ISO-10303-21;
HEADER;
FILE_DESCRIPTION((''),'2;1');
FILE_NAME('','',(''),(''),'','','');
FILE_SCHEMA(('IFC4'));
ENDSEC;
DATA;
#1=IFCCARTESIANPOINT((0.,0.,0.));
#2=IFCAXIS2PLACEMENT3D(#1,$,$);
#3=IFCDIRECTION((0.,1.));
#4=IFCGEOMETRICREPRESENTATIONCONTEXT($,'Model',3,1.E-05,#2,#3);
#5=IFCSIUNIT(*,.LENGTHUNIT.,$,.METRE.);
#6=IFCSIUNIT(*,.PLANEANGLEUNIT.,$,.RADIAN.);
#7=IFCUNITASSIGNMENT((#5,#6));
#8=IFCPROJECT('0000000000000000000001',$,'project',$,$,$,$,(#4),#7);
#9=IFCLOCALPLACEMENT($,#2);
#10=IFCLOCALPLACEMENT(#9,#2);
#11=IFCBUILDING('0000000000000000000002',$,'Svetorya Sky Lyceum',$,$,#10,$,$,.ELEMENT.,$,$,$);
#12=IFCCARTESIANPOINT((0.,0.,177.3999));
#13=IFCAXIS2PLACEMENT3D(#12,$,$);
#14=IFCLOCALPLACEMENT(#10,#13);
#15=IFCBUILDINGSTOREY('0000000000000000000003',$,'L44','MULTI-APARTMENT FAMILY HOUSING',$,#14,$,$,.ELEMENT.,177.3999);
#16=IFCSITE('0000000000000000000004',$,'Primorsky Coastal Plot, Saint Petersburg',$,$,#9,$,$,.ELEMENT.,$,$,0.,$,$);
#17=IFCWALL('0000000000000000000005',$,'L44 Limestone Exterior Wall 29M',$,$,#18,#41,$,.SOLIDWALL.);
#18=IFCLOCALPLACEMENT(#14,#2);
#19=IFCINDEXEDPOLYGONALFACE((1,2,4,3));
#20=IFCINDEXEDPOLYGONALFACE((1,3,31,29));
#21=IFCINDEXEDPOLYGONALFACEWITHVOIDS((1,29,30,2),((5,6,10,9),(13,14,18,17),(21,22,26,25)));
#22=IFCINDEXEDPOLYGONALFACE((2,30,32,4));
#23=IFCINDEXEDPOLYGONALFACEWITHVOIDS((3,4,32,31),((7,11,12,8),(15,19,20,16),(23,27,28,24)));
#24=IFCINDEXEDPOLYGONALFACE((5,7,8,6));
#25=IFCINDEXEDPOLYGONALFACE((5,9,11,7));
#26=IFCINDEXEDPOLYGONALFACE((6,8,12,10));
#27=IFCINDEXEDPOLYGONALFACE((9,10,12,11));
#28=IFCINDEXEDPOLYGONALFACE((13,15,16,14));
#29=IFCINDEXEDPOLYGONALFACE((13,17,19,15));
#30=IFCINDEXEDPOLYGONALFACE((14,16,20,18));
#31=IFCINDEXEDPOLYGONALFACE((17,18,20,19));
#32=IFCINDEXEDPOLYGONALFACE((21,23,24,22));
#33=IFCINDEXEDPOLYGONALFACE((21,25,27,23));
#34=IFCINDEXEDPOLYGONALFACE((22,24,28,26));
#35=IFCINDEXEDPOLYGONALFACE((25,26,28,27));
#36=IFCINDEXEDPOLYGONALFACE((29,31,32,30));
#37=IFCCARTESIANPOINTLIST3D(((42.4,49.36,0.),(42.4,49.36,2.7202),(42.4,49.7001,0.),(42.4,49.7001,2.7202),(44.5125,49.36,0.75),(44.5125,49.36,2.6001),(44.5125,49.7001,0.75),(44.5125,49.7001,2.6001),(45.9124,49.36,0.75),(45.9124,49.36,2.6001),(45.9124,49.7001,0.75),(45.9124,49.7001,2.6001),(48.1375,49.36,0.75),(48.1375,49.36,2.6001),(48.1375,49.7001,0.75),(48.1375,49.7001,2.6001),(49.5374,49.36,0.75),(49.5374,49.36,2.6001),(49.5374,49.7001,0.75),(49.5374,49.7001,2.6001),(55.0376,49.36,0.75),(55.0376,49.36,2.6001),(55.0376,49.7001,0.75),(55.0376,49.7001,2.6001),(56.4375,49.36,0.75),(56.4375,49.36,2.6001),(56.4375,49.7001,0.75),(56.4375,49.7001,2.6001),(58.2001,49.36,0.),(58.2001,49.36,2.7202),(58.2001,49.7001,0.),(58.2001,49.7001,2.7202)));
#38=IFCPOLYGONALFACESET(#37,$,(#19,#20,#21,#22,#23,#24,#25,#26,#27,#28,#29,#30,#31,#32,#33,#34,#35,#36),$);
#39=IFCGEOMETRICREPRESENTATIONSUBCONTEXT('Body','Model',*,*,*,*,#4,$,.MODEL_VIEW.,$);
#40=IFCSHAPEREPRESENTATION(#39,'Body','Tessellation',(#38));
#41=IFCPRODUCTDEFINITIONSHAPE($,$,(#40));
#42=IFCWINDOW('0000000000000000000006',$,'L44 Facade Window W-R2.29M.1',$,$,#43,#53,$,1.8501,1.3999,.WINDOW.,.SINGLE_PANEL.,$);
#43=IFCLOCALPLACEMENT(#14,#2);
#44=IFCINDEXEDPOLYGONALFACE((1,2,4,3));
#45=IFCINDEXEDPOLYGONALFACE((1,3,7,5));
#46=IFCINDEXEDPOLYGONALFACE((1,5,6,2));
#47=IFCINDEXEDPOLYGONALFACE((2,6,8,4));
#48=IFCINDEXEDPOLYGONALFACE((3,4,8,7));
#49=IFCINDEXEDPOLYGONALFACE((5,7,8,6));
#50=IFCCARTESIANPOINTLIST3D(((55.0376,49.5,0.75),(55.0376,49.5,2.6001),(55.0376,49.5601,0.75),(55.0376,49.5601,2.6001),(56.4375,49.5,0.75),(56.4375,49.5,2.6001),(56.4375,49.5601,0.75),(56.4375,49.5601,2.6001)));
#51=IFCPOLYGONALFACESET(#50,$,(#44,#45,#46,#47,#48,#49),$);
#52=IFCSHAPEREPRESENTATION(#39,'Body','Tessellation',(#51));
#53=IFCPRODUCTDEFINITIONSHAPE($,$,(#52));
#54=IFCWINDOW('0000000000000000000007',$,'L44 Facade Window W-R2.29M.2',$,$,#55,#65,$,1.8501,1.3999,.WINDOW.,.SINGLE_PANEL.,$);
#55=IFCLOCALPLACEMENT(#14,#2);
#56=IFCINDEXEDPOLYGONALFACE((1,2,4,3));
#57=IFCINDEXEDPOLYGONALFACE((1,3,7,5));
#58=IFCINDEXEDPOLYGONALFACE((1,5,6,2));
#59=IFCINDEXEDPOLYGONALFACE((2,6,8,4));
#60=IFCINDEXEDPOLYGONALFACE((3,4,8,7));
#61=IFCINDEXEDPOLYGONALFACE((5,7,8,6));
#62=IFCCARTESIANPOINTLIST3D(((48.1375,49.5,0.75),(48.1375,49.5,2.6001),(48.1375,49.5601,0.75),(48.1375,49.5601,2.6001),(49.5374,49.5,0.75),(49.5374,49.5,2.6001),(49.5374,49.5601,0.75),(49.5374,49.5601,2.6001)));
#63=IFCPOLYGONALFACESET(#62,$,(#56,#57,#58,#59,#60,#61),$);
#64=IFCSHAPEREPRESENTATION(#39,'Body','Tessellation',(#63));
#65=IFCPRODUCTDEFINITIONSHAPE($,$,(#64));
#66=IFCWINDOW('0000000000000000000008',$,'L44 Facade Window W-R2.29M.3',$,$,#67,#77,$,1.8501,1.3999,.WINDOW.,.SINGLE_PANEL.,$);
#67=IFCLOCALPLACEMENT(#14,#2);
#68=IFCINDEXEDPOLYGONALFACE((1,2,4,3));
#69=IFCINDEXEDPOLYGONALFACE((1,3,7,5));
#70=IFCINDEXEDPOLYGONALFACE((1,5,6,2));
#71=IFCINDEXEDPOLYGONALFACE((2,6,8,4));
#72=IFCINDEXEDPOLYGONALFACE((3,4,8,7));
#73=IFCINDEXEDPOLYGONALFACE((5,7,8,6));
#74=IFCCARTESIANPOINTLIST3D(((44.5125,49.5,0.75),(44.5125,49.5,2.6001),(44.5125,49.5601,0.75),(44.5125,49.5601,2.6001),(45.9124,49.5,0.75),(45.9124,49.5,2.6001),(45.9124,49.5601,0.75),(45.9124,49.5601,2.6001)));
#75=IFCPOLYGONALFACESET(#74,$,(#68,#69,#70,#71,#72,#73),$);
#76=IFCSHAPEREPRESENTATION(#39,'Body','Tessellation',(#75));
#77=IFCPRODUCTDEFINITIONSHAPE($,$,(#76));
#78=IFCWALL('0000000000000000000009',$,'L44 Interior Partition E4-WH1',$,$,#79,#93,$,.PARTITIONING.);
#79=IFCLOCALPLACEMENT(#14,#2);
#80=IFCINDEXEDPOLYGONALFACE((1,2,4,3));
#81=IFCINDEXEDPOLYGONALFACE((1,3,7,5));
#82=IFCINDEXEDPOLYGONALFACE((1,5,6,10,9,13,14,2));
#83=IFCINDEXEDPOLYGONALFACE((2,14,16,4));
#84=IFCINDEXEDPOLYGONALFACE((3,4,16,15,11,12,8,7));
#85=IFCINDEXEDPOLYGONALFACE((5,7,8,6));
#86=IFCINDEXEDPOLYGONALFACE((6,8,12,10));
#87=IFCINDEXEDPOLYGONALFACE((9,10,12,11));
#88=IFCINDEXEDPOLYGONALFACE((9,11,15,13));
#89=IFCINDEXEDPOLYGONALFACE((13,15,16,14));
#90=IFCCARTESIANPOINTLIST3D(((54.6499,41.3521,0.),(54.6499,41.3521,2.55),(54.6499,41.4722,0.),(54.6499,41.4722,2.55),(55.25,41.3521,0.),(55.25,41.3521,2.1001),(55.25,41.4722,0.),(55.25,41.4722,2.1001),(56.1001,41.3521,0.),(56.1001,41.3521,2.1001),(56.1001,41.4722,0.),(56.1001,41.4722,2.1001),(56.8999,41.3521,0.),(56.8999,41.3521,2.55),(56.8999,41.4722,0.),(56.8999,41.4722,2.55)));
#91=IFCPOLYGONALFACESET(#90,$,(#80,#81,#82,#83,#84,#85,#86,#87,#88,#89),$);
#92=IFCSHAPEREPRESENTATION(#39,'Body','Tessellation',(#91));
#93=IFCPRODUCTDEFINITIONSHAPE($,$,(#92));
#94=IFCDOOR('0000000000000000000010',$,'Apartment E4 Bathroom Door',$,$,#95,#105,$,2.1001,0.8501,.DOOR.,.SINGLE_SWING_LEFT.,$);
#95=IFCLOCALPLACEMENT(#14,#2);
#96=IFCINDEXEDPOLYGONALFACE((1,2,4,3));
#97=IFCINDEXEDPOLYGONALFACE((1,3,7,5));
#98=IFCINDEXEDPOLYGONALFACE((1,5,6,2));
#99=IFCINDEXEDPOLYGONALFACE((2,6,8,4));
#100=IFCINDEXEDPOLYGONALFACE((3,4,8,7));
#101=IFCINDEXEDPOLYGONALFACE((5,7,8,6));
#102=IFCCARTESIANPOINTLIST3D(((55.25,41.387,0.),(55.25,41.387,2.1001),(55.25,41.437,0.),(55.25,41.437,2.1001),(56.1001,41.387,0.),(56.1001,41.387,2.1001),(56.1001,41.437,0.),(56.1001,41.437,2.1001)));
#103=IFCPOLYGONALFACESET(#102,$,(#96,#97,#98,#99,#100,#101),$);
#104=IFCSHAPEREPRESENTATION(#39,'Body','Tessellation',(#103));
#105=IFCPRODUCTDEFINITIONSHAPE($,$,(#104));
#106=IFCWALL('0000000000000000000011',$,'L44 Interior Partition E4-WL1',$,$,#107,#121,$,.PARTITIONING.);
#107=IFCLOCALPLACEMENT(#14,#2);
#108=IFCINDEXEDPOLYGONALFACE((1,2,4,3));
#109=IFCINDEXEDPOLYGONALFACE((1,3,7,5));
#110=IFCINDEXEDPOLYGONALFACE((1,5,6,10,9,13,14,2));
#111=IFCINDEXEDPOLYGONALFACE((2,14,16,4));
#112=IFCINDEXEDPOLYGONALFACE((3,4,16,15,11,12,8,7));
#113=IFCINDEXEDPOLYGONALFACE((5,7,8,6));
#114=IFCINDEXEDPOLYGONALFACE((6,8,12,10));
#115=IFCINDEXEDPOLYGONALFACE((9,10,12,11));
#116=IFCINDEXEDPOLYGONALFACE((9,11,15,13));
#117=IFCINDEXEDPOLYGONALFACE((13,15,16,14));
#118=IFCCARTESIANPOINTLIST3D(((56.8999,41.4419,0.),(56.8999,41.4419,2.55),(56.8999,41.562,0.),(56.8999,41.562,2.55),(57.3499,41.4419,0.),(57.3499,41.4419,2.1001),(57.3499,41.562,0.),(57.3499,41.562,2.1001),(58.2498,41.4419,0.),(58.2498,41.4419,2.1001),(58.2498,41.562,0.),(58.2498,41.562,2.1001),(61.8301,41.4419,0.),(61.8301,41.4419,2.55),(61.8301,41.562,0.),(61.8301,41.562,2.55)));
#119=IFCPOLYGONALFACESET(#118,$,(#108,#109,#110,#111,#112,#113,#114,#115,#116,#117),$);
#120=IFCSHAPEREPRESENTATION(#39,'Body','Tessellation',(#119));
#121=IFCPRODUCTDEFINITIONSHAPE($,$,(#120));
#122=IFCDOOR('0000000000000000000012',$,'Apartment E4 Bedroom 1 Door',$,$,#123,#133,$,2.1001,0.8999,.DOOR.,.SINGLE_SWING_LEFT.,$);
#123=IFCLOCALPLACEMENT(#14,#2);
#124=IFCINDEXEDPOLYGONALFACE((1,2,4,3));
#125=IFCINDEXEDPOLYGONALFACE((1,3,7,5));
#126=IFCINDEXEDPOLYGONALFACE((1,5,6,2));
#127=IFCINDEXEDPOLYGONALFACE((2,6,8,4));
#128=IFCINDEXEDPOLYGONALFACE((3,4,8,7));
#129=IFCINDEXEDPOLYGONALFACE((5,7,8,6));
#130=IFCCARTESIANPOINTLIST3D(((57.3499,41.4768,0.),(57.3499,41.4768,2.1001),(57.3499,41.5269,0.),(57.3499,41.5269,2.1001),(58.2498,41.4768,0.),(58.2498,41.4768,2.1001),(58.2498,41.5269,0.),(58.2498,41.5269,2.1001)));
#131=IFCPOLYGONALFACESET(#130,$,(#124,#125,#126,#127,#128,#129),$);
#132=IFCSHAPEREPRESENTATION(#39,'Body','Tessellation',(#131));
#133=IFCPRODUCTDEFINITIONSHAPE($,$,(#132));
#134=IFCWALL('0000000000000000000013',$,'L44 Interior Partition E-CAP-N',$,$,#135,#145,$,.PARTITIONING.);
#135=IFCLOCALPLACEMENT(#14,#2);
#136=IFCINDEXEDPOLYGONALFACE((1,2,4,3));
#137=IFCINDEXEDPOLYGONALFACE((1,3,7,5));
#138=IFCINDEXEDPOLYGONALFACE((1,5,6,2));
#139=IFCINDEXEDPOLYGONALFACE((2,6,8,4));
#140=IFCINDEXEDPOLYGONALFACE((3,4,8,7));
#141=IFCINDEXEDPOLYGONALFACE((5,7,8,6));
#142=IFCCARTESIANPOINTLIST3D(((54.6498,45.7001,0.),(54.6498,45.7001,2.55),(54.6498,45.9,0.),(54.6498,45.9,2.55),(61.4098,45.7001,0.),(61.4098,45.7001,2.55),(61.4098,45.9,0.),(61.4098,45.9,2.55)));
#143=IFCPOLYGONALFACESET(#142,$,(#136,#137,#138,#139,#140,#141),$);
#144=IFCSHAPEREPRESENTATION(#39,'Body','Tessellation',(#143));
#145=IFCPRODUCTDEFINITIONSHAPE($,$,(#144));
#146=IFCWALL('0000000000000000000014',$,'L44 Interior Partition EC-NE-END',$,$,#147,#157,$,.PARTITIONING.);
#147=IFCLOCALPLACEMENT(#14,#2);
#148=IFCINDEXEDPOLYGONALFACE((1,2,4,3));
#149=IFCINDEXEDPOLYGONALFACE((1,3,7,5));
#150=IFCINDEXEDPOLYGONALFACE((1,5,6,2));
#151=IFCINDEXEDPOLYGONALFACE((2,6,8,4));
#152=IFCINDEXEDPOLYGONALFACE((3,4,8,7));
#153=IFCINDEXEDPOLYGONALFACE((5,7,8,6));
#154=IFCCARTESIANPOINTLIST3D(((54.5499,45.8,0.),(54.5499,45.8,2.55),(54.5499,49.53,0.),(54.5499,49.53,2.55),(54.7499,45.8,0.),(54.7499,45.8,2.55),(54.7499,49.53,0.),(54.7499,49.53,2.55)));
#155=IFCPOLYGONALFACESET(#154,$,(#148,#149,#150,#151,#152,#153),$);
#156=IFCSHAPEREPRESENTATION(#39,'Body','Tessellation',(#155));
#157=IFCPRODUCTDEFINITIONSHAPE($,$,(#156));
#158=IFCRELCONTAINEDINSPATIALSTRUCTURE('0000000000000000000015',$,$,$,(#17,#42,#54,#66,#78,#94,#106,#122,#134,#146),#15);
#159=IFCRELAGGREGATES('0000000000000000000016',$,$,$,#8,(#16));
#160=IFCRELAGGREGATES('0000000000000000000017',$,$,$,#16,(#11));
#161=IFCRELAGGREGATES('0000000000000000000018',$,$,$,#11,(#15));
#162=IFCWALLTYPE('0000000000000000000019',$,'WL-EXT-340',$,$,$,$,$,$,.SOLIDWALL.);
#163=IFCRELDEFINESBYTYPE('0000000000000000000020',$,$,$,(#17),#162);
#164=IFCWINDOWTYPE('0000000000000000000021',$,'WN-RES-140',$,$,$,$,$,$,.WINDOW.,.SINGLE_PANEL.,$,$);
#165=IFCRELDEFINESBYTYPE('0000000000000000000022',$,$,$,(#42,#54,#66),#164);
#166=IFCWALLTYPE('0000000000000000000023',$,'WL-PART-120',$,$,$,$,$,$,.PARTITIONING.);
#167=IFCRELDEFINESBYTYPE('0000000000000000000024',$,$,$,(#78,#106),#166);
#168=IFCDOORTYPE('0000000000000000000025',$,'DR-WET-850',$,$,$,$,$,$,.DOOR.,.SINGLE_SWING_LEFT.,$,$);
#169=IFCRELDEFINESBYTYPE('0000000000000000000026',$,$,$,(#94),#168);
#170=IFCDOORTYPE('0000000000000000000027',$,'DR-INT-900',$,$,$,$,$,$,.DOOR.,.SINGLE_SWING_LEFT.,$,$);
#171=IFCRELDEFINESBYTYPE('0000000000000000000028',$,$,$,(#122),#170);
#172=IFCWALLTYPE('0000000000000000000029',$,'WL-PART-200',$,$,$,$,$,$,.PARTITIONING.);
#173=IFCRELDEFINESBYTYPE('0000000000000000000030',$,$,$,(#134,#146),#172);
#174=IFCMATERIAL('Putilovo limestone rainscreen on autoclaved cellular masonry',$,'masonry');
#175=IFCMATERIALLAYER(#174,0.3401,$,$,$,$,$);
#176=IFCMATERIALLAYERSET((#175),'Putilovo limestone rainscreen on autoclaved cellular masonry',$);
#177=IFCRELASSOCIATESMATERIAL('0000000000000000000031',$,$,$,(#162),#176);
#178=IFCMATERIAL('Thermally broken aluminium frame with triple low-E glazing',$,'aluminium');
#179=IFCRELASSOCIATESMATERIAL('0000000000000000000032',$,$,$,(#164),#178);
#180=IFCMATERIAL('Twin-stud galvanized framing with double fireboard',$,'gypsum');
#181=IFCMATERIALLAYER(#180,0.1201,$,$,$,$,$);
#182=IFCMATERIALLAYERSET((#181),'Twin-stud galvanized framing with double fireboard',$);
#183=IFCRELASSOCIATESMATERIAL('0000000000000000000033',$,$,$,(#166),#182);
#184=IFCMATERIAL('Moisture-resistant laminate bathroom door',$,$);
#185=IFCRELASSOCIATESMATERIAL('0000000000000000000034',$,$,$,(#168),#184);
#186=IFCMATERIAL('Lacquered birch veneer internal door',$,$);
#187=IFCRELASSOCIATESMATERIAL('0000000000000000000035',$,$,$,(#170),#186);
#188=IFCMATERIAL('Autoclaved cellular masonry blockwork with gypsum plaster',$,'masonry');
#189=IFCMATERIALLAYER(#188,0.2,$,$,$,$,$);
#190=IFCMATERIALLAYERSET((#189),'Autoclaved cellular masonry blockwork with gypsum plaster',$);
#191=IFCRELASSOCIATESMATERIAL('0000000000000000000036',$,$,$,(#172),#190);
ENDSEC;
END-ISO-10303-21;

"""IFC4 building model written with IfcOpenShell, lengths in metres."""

from ifc_helpers import new_model, si_unit, direction, frame, frame_2d, origin, place, context, subcontext, project, spatial, rectangle, extrude, material, layer, layer_set, type_object, element, fill, save


model = new_model("IFC4")

# Units and contexts
model_context = context("Model", 3, precision=1e-05, world=origin(), true_north=direction((0.0, 1.0)))
body_context = subcontext(model_context, "Body", "Model", "MODEL_VIEW")
ifc_project = project(units=[si_unit("LENGTHUNIT", "METRE"), si_unit("PLANEANGLEUNIT", "RADIAN")], contexts=[model_context])

# Site, building, storey
site_placement = place(None, origin())
site = spatial("IfcSite", under=ifc_project, at=site_placement, Name="Primorsky Coastal Plot, Saint Petersburg", CompositionType="ELEMENT", RefElevation=0.0)
building_placement = place(site_placement, origin())
building = spatial("IfcBuilding", under=site, at=building_placement, Name="Svetorya Sky Lyceum", CompositionType="ELEMENT")
storey_placement = place(building_placement, frame((0.0, 0.0, 177.3999)))
storey = spatial("IfcBuildingStorey", under=building, at=storey_placement, Name="L44", Description="MULTI-APARTMENT FAMILY HOUSING", CompositionType="ELEMENT", Elevation=177.3999)

# Shared definitions
ifc_material_1 = material(Name="Putilovo limestone rainscreen on autoclaved cellular masonry", Category="masonry")
ifc_layer_1 = layer(ifc_material_1, 0.3401)
ifc_layer_set_1 = layer_set([ifc_layer_1], Name="Putilovo limestone rainscreen on autoclaved cellular masonry")
wall_type_1 = type_object("IfcWallType", Name="WL-EXT-340", PredefinedType="SOLIDWALL", material=ifc_layer_set_1)

# Wall, openings, windows
wall_1_placement = place(storey_placement, frame((58.2, 49.53, 0.0), z_axis=(0.0, 0.0, 1.0), x_axis=(-1.0, 0.0, 0.0)))
wall_1 = element("IfcWall", 1, at=wall_1_placement, inside=storey, type_object=wall_type_1, Name="L44 Limestone Exterior Wall 29M", PredefinedType="SOLIDWALL", context=body_context, shape_type="SweptSolid", body=[
    extrude(rectangle(XDim=15.8, YDim=0.3401, at=frame_2d((7.8999, 0.0))), origin(), (0.0, 0.0, 1.0), 2.7202),
])
opening_1_placement = place(wall_1_placement, frame((1.7625, 0.0, 0.75)))
opening_1 = element("IfcOpeningElement", 2, at=opening_1_placement, cuts=wall_1, PredefinedType="OPENING", context=body_context, shape_type="SweptSolid", body=[
    extrude(rectangle(XDim=1.3999, YDim=1.8501, at=frame_2d((0.7, 0.925))), frame((0.0, 0.1799, 0.0), z_axis=(0.0, -1.0, 0.0), x_axis=(1.0, 0.0, 0.0)), (0.0, 0.0, 1.0), 0.3601),
])
opening_2_placement = place(wall_1_placement, frame((8.6626, 0.0, 0.75)))
opening_2 = element("IfcOpeningElement", 3, at=opening_2_placement, cuts=wall_1, PredefinedType="OPENING", context=body_context, shape_type="SweptSolid", body=[
    extrude(rectangle(XDim=1.3999, YDim=1.8501, at=frame_2d((0.7, 0.925))), frame((0.0, 0.1799, 0.0), z_axis=(0.0, -1.0, 0.0), x_axis=(1.0, 0.0, 0.0)), (0.0, 0.0, 1.0), 0.3601),
])
opening_3_placement = place(wall_1_placement, frame((12.2876, 0.0, 0.75)))
opening_3 = element("IfcOpeningElement", 4, at=opening_3_placement, cuts=wall_1, PredefinedType="OPENING", context=body_context, shape_type="SweptSolid", body=[
    extrude(rectangle(XDim=1.3999, YDim=1.8501, at=frame_2d((0.7, 0.925))), frame((0.0, 0.1799, 0.0), z_axis=(0.0, -1.0, 0.0), x_axis=(1.0, 0.0, 0.0)), (0.0, 0.0, 1.0), 0.3601),
])
ifc_material_2 = material(Name="Thermally broken aluminium frame with triple low-E glazing", Category="aluminium")
window_type = type_object("IfcWindowType", Name="WN-RES-140", PartitioningType="SINGLE_PANEL", PredefinedType="WINDOW", material=ifc_material_2)
window_1_placement = place(opening_1_placement, origin())
window_1 = element("IfcWindow", 5, at=window_1_placement, inside=storey, type_object=window_type, Name="L44 Facade Window W-R2.29M.1", OverallHeight=1.8501, OverallWidth=1.3999, PartitioningType="SINGLE_PANEL", PredefinedType="WINDOW", context=body_context, shape_type="SweptSolid", body=[
    extrude(rectangle(XDim=1.3999, YDim=1.8501, at=frame_2d((0.7, 0.925))), frame((0.0, 0.03, 0.0), z_axis=(0.0, -1.0, 0.0), x_axis=(1.0, 0.0, 0.0)), (0.0, 0.0, 1.0), 0.0601),
])
fill(opening_1, window_1)
window_2_placement = place(opening_2_placement, origin())
window_2 = element("IfcWindow", 6, at=window_2_placement, inside=storey, type_object=window_type, Name="L44 Facade Window W-R2.29M.2", OverallHeight=1.8501, OverallWidth=1.3999, PartitioningType="SINGLE_PANEL", PredefinedType="WINDOW", context=body_context, shape_type="SweptSolid", body=[
    extrude(rectangle(XDim=1.3999, YDim=1.8501, at=frame_2d((0.7, 0.925))), frame((0.0, 0.03, 0.0), z_axis=(0.0, -1.0, 0.0), x_axis=(1.0, 0.0, 0.0)), (0.0, 0.0, 1.0), 0.0601),
])
fill(opening_2, window_2)
window_3_placement = place(opening_3_placement, origin())
window_3 = element("IfcWindow", 7, at=window_3_placement, inside=storey, type_object=window_type, Name="L44 Facade Window W-R2.29M.3", OverallHeight=1.8501, OverallWidth=1.3999, PartitioningType="SINGLE_PANEL", PredefinedType="WINDOW", context=body_context, shape_type="SweptSolid", body=[
    extrude(rectangle(XDim=1.3999, YDim=1.8501, at=frame_2d((0.7, 0.925))), frame((0.0, 0.03, 0.0), z_axis=(0.0, -1.0, 0.0), x_axis=(1.0, 0.0, 0.0)), (0.0, 0.0, 1.0), 0.0601),
])
fill(opening_3, window_3)

# Walls, openings, doors
ifc_material_3 = material(Name="Twin-stud galvanized framing with double fireboard", Category="gypsum")
ifc_layer_2 = layer(ifc_material_3, 0.1201)
ifc_layer_set_2 = layer_set([ifc_layer_2], Name="Twin-stud galvanized framing with double fireboard")
wall_type_2 = type_object("IfcWallType", Name="WL-PART-120", PredefinedType="PARTITIONING", material=ifc_layer_set_2)
wall_2_placement = place(storey_placement, frame((54.6499, 41.4121, 0.0), z_axis=(0.0, 0.0, 1.0), x_axis=(1.0, 0.0, 0.0)))
wall_2 = element("IfcWall", 8, at=wall_2_placement, inside=storey, type_object=wall_type_2, Name="L44 Interior Partition E4-WH1", PredefinedType="PARTITIONING", context=body_context, shape_type="SweptSolid", body=[
    extrude(rectangle(XDim=2.25, YDim=0.1201, at=frame_2d((1.125, 0.0))), origin(), (0.0, 0.0, 1.0), 2.55),
])
opening_4_placement = place(wall_2_placement, frame((0.6001, 0.0, 0.0)))
opening_4 = element("IfcOpeningElement", 9, at=opening_4_placement, cuts=wall_2, PredefinedType="OPENING", context=body_context, shape_type="SweptSolid", body=[
    extrude(rectangle(XDim=0.8501, YDim=2.1001, at=frame_2d((0.425, 1.05))), frame((0.0, 0.0701, 0.0), z_axis=(0.0, -1.0, 0.0), x_axis=(1.0, 0.0, 0.0)), (0.0, 0.0, 1.0), 0.1401),
])
ifc_material_4 = material(Name="Moisture-resistant laminate bathroom door")
door_type_1 = type_object("IfcDoorType", Name="DR-WET-850", OperationType="SINGLE_SWING_LEFT", PredefinedType="DOOR", material=ifc_material_4)
door_1_placement = place(opening_4_placement, origin())
door_1 = element("IfcDoor", 10, at=door_1_placement, inside=storey, type_object=door_type_1, Name="Apartment E4 Bathroom Door", OperationType="SINGLE_SWING_LEFT", OverallHeight=2.1001, OverallWidth=0.8501, PredefinedType="DOOR", context=body_context, shape_type="SweptSolid", body=[
    extrude(rectangle(XDim=0.8501, YDim=2.1001, at=frame_2d((0.425, 1.05))), frame((0.0, 0.0249, 0.0), z_axis=(0.0, -1.0, 0.0), x_axis=(1.0, 0.0, 0.0)), (0.0, 0.0, 1.0), 0.05),
])
fill(opening_4, door_1)
wall_3_placement = place(storey_placement, frame((56.8999, 41.502, 0.0), z_axis=(0.0, 0.0, 1.0), x_axis=(1.0, 0.0, 0.0)))
wall_3 = element("IfcWall", 11, at=wall_3_placement, inside=storey, type_object=wall_type_2, Name="L44 Interior Partition E4-WL1", PredefinedType="PARTITIONING", context=body_context, shape_type="SweptSolid", body=[
    extrude(rectangle(XDim=4.9302, YDim=0.1201, at=frame_2d((2.4651, 0.0))), origin(), (0.0, 0.0, 1.0), 2.55),
])
opening_5_placement = place(wall_3_placement, frame((0.45, 0.0, 0.0)))
opening_5 = element("IfcOpeningElement", 12, at=opening_5_placement, cuts=wall_3, PredefinedType="OPENING", context=body_context, shape_type="SweptSolid", body=[
    extrude(rectangle(XDim=0.8999, YDim=2.1001, at=frame_2d((0.45, 1.05))), frame((0.0, 0.0701, 0.0), z_axis=(0.0, -1.0, 0.0), x_axis=(1.0, 0.0, 0.0)), (0.0, 0.0, 1.0), 0.1401),
])
ifc_material_5 = material(Name="Lacquered birch veneer internal door")
door_type_2 = type_object("IfcDoorType", Name="DR-INT-900", OperationType="SINGLE_SWING_LEFT", PredefinedType="DOOR", material=ifc_material_5)
door_2_placement = place(opening_5_placement, origin())
door_2 = element("IfcDoor", 13, at=door_2_placement, inside=storey, type_object=door_type_2, Name="Apartment E4 Bedroom 1 Door", OperationType="SINGLE_SWING_LEFT", OverallHeight=2.1001, OverallWidth=0.8999, PredefinedType="DOOR", context=body_context, shape_type="SweptSolid", body=[
    extrude(rectangle(XDim=0.8999, YDim=2.1001, at=frame_2d((0.45, 1.05))), frame((0.0, 0.0249, 0.0), z_axis=(0.0, -1.0, 0.0), x_axis=(1.0, 0.0, 0.0)), (0.0, 0.0, 1.0), 0.05),
])
fill(opening_5, door_2)

# Walls
ifc_material_6 = material(Name="Autoclaved cellular masonry blockwork with gypsum plaster", Category="masonry")
ifc_layer_3 = layer(ifc_material_6, 0.2)
ifc_layer_set_3 = layer_set([ifc_layer_3], Name="Autoclaved cellular masonry blockwork with gypsum plaster")
wall_type_3 = type_object("IfcWallType", Name="WL-PART-200", PredefinedType="PARTITIONING", material=ifc_layer_set_3)
wall_4_placement = place(storey_placement, frame((54.6499, 45.8, 0.0), z_axis=(0.0, 0.0, 1.0), x_axis=(1.0, 0.0, 0.0)))
element("IfcWall", 14, at=wall_4_placement, inside=storey, type_object=wall_type_3, Name="L44 Interior Partition E-CAP-N", PredefinedType="PARTITIONING", context=body_context, shape_type="SweptSolid", body=[
    extrude(rectangle(XDim=6.76, YDim=0.2, at=frame_2d((3.3799, 0.0))), origin(), (0.0, 0.0, 1.0), 2.55),
])
wall_5_placement = place(storey_placement, frame((54.6499, 45.8, 0.0), z_axis=(0.0, 0.0, 1.0), x_axis=(0.0, 1.0, 0.0)))
element("IfcWall", 15, at=wall_5_placement, inside=storey, type_object=wall_type_3, Name="L44 Interior Partition EC-NE-END", PredefinedType="PARTITIONING", context=body_context, shape_type="SweptSolid", body=[
    extrude(rectangle(XDim=3.73, YDim=0.2, at=frame_2d((1.865, 0.0))), origin(), (0.0, 0.0, 1.0), 2.55),
])

save(model, "model.ifc")
